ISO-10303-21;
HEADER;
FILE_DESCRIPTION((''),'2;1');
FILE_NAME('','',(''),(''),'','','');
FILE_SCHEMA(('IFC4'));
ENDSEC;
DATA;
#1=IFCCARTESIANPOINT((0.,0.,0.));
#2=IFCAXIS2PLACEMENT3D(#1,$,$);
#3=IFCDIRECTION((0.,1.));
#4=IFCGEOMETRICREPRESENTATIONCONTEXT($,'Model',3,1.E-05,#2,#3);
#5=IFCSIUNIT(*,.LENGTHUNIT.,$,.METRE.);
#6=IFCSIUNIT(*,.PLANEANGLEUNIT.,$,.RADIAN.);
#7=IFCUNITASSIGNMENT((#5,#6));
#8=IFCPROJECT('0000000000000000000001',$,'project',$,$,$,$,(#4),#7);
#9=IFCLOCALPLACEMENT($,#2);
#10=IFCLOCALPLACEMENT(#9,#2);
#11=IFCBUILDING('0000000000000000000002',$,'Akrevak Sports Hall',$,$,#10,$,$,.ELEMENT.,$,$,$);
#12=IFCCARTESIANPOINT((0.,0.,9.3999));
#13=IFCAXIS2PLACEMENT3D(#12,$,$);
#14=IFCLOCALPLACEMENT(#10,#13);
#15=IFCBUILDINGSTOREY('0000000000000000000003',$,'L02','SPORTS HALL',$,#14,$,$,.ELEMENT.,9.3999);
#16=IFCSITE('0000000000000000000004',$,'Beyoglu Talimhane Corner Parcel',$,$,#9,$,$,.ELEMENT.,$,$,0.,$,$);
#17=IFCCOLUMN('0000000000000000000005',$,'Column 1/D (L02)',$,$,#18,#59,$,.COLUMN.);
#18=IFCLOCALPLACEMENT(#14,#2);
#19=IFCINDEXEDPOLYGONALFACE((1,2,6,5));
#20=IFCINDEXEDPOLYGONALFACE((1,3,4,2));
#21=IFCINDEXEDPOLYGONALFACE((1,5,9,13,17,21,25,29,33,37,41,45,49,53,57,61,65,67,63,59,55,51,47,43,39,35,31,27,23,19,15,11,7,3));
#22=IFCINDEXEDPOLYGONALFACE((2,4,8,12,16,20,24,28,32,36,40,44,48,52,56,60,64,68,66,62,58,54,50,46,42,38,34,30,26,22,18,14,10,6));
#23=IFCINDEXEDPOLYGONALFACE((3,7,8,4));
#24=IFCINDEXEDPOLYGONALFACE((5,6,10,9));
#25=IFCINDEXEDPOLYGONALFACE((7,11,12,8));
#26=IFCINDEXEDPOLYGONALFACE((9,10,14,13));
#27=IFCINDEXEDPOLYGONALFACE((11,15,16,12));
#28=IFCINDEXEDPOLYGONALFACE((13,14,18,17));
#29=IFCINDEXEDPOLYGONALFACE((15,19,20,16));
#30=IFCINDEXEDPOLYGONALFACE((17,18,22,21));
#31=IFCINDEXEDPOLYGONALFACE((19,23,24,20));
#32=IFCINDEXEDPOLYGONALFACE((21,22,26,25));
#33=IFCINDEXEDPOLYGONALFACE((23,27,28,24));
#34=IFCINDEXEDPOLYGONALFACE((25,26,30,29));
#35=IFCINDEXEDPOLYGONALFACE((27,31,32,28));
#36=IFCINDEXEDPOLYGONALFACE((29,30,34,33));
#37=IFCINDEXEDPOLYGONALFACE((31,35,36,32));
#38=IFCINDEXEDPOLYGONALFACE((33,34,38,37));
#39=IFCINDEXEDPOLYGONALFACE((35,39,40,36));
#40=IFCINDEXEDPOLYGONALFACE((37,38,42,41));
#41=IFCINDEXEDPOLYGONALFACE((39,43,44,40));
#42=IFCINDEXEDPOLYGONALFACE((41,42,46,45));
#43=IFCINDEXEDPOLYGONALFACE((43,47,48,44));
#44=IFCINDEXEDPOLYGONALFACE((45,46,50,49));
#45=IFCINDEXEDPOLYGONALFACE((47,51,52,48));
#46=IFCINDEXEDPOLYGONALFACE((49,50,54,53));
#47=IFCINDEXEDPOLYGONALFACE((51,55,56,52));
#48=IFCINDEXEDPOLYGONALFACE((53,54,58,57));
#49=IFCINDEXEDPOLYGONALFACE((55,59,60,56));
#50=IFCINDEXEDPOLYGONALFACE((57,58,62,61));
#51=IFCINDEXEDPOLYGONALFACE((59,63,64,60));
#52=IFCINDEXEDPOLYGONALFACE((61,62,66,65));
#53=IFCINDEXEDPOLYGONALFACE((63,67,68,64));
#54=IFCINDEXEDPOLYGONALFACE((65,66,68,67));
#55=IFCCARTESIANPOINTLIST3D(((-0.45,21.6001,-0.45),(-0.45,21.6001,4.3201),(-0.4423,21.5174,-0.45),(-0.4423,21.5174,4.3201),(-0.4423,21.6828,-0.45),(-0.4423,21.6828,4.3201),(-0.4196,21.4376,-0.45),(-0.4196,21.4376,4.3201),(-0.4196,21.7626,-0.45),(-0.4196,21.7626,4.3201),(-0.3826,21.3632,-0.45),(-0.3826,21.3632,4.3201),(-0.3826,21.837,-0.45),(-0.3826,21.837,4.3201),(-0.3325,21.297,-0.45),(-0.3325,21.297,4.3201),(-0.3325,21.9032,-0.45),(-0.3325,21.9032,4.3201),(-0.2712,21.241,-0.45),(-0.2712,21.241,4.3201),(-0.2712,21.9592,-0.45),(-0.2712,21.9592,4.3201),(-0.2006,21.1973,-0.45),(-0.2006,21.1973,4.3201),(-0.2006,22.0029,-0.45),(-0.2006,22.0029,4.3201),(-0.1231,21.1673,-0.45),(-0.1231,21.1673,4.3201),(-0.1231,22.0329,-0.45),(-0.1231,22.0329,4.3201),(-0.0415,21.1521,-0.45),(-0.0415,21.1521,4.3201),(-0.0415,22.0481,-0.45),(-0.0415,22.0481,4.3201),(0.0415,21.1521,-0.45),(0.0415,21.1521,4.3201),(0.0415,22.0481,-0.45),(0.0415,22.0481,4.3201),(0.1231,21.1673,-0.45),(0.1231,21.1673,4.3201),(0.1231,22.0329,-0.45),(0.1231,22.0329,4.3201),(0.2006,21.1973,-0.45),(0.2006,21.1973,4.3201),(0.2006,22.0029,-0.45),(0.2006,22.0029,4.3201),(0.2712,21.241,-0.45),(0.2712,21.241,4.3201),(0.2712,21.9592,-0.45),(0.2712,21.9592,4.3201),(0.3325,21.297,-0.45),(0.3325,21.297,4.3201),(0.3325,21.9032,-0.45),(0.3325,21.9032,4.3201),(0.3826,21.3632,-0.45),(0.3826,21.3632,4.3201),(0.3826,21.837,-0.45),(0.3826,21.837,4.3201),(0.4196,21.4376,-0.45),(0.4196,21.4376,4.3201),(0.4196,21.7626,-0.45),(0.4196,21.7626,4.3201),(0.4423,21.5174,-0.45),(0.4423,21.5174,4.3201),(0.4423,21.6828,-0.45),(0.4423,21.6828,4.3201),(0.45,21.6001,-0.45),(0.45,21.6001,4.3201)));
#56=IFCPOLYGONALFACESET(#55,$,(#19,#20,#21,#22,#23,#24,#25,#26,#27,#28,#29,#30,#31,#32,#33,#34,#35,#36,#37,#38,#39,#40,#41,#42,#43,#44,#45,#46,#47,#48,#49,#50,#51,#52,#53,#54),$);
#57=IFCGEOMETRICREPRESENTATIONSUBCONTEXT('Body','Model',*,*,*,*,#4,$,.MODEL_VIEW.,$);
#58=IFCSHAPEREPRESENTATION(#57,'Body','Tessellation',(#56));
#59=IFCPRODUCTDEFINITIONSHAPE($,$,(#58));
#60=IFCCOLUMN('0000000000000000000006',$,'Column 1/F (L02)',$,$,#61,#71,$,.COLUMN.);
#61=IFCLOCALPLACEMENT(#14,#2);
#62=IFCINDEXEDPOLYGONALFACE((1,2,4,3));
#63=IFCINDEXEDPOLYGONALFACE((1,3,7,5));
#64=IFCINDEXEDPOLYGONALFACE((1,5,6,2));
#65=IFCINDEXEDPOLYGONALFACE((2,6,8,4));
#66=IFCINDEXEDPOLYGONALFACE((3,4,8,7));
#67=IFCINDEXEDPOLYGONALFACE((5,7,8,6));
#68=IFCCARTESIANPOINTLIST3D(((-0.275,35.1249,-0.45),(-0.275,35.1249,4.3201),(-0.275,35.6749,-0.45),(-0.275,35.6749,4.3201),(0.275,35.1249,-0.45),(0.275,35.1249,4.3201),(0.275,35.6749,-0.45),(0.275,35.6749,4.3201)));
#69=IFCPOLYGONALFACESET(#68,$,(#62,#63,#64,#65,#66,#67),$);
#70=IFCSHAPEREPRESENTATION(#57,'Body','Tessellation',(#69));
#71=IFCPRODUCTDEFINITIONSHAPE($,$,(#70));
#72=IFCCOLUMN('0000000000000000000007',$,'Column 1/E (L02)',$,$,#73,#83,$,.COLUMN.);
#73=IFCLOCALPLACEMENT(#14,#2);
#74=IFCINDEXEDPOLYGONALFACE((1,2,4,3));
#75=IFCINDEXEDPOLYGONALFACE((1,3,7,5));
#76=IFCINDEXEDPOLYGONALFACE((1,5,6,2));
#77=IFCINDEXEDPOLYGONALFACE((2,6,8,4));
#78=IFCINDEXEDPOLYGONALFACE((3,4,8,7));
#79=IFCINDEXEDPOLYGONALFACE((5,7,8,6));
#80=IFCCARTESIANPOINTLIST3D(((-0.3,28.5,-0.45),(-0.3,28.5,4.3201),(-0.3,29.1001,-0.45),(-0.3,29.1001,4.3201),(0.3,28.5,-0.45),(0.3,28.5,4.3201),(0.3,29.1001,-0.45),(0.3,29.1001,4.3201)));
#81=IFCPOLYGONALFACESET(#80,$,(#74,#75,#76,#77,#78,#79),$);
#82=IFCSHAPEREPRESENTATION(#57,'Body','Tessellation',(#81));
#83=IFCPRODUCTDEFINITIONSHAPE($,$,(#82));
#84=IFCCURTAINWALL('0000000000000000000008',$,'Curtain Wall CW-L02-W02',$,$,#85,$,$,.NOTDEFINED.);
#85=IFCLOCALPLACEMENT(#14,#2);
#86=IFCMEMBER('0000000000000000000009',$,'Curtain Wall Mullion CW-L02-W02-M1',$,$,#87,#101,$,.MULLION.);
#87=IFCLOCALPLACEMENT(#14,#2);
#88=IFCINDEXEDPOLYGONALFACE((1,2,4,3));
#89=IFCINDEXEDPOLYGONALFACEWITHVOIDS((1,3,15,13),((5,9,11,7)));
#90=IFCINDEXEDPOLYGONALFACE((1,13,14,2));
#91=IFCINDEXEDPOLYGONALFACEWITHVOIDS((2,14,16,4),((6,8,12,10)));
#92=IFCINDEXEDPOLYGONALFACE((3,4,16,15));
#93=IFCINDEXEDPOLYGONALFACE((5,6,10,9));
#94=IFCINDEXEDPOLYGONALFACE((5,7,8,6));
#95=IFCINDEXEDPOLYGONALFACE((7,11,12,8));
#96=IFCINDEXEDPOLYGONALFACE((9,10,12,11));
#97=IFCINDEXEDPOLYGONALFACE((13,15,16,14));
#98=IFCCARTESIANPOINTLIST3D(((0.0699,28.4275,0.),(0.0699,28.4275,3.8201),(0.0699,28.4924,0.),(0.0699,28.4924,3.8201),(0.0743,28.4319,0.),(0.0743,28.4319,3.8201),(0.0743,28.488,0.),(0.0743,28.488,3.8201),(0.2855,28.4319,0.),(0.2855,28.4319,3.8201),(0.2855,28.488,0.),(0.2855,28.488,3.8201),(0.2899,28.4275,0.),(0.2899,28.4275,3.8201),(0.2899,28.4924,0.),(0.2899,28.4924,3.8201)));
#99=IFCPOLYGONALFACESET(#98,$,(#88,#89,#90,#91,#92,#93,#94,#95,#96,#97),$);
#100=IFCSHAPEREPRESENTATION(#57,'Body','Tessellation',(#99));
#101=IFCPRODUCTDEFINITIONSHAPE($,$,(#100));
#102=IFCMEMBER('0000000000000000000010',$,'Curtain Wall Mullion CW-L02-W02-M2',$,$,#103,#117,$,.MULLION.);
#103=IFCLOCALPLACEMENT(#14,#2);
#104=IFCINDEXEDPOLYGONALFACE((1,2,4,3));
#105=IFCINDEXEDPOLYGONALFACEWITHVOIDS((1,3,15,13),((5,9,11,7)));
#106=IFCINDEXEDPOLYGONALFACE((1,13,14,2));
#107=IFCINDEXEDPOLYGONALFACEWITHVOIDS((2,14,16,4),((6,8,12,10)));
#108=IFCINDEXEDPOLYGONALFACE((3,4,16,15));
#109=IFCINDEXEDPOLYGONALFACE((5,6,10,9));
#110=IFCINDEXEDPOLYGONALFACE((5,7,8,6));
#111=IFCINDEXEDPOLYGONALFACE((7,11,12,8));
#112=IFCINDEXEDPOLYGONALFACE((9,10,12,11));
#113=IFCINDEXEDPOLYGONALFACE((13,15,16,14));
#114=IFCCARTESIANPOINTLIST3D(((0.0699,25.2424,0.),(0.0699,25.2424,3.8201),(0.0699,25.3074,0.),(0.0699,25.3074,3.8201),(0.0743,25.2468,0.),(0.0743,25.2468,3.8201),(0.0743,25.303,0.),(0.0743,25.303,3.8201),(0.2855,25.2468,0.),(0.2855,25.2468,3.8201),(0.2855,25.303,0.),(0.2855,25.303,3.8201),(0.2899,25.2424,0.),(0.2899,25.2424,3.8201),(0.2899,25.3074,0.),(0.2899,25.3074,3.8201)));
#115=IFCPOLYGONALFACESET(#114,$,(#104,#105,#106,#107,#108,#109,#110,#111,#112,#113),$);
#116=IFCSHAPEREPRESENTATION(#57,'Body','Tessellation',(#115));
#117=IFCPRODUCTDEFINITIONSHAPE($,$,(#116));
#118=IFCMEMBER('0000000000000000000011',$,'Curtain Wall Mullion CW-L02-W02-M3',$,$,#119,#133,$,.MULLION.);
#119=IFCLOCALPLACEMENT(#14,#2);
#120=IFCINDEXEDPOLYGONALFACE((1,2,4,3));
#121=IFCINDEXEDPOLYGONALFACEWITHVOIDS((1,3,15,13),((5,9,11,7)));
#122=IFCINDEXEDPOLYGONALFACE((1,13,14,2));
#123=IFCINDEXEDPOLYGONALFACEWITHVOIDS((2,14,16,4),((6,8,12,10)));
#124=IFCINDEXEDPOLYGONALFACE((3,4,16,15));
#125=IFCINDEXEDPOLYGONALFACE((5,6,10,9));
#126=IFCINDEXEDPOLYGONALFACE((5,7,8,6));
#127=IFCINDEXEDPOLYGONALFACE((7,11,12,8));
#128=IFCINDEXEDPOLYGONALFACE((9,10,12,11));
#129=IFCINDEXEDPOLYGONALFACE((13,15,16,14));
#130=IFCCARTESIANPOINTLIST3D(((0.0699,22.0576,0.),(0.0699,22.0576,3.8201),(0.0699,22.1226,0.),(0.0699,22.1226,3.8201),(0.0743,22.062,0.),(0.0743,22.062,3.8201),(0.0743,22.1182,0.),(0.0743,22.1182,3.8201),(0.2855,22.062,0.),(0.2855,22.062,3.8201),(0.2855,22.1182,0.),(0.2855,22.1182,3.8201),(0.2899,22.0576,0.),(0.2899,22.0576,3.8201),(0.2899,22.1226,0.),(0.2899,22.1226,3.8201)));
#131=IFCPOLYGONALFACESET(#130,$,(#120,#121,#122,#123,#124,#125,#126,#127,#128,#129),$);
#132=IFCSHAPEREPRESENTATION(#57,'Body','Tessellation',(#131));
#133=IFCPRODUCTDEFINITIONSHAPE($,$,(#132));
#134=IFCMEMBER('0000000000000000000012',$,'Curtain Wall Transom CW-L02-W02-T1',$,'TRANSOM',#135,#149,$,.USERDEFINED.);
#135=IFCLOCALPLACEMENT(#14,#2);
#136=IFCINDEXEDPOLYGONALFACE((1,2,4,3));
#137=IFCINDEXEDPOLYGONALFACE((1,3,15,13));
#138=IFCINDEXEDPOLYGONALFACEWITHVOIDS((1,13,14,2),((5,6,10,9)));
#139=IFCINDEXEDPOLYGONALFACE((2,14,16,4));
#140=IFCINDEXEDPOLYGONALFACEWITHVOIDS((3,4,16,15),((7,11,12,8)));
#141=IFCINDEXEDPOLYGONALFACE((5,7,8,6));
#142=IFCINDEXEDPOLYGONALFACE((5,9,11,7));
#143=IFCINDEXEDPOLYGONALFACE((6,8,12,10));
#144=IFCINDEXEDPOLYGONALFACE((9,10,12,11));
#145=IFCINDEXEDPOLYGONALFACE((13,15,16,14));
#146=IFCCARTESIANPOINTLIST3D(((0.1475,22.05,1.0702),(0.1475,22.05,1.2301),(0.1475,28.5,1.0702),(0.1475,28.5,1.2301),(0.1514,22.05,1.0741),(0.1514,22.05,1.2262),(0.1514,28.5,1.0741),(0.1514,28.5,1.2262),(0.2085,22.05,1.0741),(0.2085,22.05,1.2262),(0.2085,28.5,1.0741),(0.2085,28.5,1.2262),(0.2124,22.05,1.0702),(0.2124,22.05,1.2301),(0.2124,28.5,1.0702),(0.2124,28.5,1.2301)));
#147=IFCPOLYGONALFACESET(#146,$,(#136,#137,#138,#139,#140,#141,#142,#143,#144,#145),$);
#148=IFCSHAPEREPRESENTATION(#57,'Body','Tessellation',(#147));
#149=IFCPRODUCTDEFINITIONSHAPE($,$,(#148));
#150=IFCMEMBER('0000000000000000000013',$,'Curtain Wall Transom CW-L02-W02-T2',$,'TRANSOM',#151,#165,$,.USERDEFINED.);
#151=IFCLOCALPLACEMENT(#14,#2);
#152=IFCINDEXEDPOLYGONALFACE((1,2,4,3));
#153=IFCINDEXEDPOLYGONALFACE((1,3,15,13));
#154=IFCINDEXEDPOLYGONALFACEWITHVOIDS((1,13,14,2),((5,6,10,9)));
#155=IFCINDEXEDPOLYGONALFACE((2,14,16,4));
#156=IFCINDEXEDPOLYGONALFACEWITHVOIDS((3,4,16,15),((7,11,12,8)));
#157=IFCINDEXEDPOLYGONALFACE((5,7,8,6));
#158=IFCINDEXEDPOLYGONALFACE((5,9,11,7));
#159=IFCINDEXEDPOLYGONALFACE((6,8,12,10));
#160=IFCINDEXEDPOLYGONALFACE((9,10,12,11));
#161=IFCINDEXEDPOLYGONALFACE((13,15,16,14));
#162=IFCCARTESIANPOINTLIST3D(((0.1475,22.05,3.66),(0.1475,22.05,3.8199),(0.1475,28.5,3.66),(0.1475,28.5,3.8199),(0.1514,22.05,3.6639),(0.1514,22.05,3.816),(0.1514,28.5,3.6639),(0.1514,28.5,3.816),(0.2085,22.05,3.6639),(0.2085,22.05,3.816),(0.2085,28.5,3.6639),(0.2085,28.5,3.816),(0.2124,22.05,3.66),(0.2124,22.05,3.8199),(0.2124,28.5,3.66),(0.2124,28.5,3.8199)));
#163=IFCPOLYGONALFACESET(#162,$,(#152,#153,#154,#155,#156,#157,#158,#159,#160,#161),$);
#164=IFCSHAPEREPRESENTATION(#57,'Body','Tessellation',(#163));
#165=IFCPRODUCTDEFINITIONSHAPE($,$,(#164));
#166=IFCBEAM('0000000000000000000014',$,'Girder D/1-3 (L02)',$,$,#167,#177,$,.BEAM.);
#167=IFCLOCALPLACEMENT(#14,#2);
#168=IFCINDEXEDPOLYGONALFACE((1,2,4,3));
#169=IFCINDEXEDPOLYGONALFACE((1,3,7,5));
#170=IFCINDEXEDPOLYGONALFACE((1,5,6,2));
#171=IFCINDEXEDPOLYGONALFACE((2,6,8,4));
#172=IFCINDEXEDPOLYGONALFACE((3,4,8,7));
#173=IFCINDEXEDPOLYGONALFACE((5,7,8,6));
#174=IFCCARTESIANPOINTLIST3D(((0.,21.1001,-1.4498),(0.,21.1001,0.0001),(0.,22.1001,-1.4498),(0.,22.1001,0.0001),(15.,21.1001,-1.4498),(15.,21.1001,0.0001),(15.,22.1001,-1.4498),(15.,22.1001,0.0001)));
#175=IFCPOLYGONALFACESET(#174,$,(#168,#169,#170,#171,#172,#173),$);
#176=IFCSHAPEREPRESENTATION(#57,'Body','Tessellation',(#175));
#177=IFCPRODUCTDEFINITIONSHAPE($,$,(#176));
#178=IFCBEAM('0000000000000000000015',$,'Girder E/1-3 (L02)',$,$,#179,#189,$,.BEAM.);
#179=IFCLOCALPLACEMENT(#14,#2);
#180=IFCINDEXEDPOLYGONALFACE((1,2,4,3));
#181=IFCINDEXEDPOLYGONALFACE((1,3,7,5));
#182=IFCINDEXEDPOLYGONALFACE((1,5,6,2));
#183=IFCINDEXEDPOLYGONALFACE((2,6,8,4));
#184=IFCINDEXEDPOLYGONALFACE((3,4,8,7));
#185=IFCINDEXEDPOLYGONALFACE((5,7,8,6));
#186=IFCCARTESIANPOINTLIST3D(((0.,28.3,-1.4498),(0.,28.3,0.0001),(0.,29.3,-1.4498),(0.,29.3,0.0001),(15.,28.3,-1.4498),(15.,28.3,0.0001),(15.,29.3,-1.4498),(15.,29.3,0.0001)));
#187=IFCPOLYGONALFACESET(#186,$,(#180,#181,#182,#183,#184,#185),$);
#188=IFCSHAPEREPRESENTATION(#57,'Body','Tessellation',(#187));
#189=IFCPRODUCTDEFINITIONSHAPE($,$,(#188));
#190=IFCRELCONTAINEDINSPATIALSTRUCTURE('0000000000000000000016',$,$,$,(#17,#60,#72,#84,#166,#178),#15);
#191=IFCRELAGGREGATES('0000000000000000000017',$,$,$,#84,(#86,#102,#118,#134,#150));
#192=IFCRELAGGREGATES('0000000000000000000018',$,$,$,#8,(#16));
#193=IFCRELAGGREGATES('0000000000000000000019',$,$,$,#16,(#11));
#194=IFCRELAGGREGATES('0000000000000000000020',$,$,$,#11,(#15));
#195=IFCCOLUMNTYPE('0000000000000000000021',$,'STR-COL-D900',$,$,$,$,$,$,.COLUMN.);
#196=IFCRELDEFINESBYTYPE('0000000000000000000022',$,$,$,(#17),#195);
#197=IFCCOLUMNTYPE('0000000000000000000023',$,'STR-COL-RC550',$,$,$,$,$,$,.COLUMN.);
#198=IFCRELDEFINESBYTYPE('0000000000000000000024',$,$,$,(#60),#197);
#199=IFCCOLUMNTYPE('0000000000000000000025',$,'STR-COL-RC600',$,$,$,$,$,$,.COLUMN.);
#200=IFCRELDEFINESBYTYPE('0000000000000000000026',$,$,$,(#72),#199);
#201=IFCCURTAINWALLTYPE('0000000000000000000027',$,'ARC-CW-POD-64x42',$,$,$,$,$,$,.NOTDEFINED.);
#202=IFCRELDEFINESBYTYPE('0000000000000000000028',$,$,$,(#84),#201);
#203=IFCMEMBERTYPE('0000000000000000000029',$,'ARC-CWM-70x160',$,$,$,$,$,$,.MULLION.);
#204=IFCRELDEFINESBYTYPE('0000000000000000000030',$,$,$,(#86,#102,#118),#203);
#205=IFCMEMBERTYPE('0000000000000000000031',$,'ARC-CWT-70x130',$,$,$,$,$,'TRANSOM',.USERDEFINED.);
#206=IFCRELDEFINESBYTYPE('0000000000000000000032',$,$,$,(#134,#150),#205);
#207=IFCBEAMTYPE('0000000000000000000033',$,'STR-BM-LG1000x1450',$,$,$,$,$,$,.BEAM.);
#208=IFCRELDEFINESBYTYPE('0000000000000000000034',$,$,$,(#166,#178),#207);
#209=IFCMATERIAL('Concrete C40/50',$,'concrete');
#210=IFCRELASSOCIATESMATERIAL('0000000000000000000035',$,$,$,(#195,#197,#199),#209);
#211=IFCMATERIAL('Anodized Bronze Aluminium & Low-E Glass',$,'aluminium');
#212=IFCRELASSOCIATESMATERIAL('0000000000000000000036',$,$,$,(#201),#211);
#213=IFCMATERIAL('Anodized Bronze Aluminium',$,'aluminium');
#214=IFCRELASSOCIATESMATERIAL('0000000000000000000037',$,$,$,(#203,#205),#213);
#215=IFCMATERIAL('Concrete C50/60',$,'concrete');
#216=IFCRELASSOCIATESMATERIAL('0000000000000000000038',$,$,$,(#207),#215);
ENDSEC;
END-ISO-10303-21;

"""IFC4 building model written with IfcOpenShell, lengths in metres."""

from ifc_helpers import new_model, si_unit, direction, frame, origin, origin_2d, place, context, subcontext, project, spatial, rectangle, hollow_rectangle, circle, extrude, material, material_profile, profile_set, type_object, element, aggregate, save


model = new_model("IFC4")

# Units and contexts
model_context = context("Model", 3, precision=1e-05, world=origin(), true_north=direction((0.0, 1.0)))
body_context = subcontext(model_context, "Body", "Model", "MODEL_VIEW")
ifc_project = project(units=[si_unit("LENGTHUNIT", "METRE"), si_unit("PLANEANGLEUNIT", "RADIAN")], contexts=[model_context])

# Site, building, storey
site_placement = place(None, origin())
site = spatial("IfcSite", under=ifc_project, at=site_placement, Name="Beyoglu Talimhane Corner Parcel", CompositionType="ELEMENT", RefElevation=0.0)
building_placement = place(site_placement, origin())
building = spatial("IfcBuilding", under=site, at=building_placement, Name="Akrevak Sports Hall", CompositionType="ELEMENT")
storey_placement = place(building_placement, frame((0.0, 0.0, 9.3999)))
storey = spatial("IfcBuildingStorey", under=building, at=storey_placement, Name="L02", Description="SPORTS HALL", CompositionType="ELEMENT", Elevation=9.3999)

# Columns
ifc_material_1 = material(Name="Concrete C40/50", Category="concrete")
ifc_material_profile_1 = material_profile(ifc_material_1, circle(Radius=0.45, at=origin_2d()), Name="COL D900", Category="concrete")
ifc_profile_set_1 = profile_set([ifc_material_profile_1], Name="Concrete C40/50")
column_type_1 = type_object("IfcColumnType", Name="STR-COL-D900", PredefinedType="COLUMN", material=ifc_profile_set_1)
column_1_placement = place(storey_placement, frame((0.0, 21.6001, -0.45), z_axis=(0.0, 0.0, 1.0), x_axis=(1.0, 0.0, 0.0)))
element("IfcColumn", 1, at=column_1_placement, inside=storey, type_object=column_type_1, Name="Column 1/D (L02)", PredefinedType="COLUMN", context=body_context, shape_type="SweptSolid", body=[
    extrude(circle(Radius=0.45, at=origin_2d()), origin(), (0.0, 0.0, 1.0), 4.77),
])
ifc_material_profile_2 = material_profile(ifc_material_1, rectangle(XDim=0.55, YDim=0.55, at=origin_2d()), Name="RC 550x550", Category="concrete")
ifc_profile_set_2 = profile_set([ifc_material_profile_2], Name="Concrete C40/50")
column_type_2 = type_object("IfcColumnType", Name="STR-COL-RC550", PredefinedType="COLUMN", material=ifc_profile_set_2)
column_2_placement = place(storey_placement, frame((0.0, 35.3999, -0.45), z_axis=(0.0, 0.0, 1.0), x_axis=(1.0, 0.0, 0.0)))
element("IfcColumn", 2, at=column_2_placement, inside=storey, type_object=column_type_2, Name="Column 1/F (L02)", PredefinedType="COLUMN", context=body_context, shape_type="SweptSolid", body=[
    extrude(rectangle(XDim=0.55, YDim=0.55, at=origin_2d()), origin(), (0.0, 0.0, 1.0), 4.77),
])
ifc_material_profile_3 = material_profile(ifc_material_1, rectangle(XDim=0.6001, YDim=0.6001, at=origin_2d()), Name="RC 600x600", Category="concrete")
ifc_profile_set_3 = profile_set([ifc_material_profile_3], Name="Concrete C40/50")
column_type_3 = type_object("IfcColumnType", Name="STR-COL-RC600", PredefinedType="COLUMN", material=ifc_profile_set_3)
column_3_placement = place(storey_placement, frame((0.0, 28.8, -0.45), z_axis=(0.0, 0.0, 1.0), x_axis=(1.0, 0.0, 0.0)))
element("IfcColumn", 3, at=column_3_placement, inside=storey, type_object=column_type_3, Name="Column 1/E (L02)", PredefinedType="COLUMN", context=body_context, shape_type="SweptSolid", body=[
    extrude(rectangle(XDim=0.6001, YDim=0.6001, at=origin_2d()), origin(), (0.0, 0.0, 1.0), 4.77),
])

# Curtain wall, members
ifc_material_2 = material(Name="Anodized Bronze Aluminium & Low-E Glass", Category="aluminium")
curtain_wall_type = type_object("IfcCurtainWallType", Name="ARC-CW-POD-64x42", PredefinedType="NOTDEFINED", material=ifc_material_2)
curtain_wall_placement = place(storey_placement, origin())
curtain_wall = element("IfcCurtainWall", 4, at=curtain_wall_placement, inside=storey, type_object=curtain_wall_type, Name="Curtain Wall CW-L02-W02", PredefinedType="NOTDEFINED")
ifc_material_3 = material(Name="Anodized Bronze Aluminium", Category="aluminium")
ifc_material_profile_4 = material_profile(ifc_material_3, hollow_rectangle(XDim=0.0649, YDim=0.22, WallThickness=0.0044, at=origin_2d()), Name="CWM 65x220", Category="aluminium")
ifc_profile_set_4 = profile_set([ifc_material_profile_4], Name="Anodized Bronze Aluminium")
member_type_1 = type_object("IfcMemberType", Name="ARC-CWM-70x160", PredefinedType="MULLION", material=ifc_profile_set_4)
member_1_placement = place(storey_placement, frame((0.1799, 28.46, 0.0), z_axis=(0.0, 0.0, 1.0), x_axis=(0.0, -1.0, 0.0)))
member_1 = element("IfcMember", 5, at=member_1_placement, type_object=member_type_1, Name="Curtain Wall Mullion CW-L02-W02-M1", PredefinedType="MULLION", context=body_context, shape_type="SweptSolid", body=[
    extrude(hollow_rectangle(XDim=0.0649, YDim=0.22, WallThickness=0.0044, at=origin_2d()), origin(), (0.0, 0.0, 1.0), 3.8201),
])
member_2_placement = place(storey_placement, frame((0.1799, 25.2749, 0.0), z_axis=(0.0, 0.0, 1.0), x_axis=(0.0, -1.0, 0.0)))
member_2 = element("IfcMember", 6, at=member_2_placement, type_object=member_type_1, Name="Curtain Wall Mullion CW-L02-W02-M2", PredefinedType="MULLION", context=body_context, shape_type="SweptSolid", body=[
    extrude(hollow_rectangle(XDim=0.0649, YDim=0.22, WallThickness=0.0044, at=origin_2d()), origin(), (0.0, 0.0, 1.0), 3.8201),
])
member_3_placement = place(storey_placement, frame((0.1799, 22.0901, 0.0), z_axis=(0.0, 0.0, 1.0), x_axis=(0.0, -1.0, 0.0)))
member_3 = element("IfcMember", 7, at=member_3_placement, type_object=member_type_1, Name="Curtain Wall Mullion CW-L02-W02-M3", PredefinedType="MULLION", context=body_context, shape_type="SweptSolid", body=[
    extrude(hollow_rectangle(XDim=0.0649, YDim=0.22, WallThickness=0.0044, at=origin_2d()), origin(), (0.0, 0.0, 1.0), 3.8201),
])
ifc_material_profile_5 = material_profile(ifc_material_3, hollow_rectangle(XDim=0.0649, YDim=0.1599, WallThickness=0.0039, at=origin_2d()), Name="CWT 65x160", Category="aluminium")
ifc_profile_set_5 = profile_set([ifc_material_profile_5], Name="Anodized Bronze Aluminium")
member_type_2 = type_object("IfcMemberType", Name="ARC-CWT-70x130", ElementType="TRANSOM", PredefinedType="USERDEFINED", material=ifc_profile_set_5)
member_4_placement = place(storey_placement, frame((0.1799, 28.5, 1.1501), z_axis=(0.0, -1.0, 0.0), x_axis=(1.0, 0.0, 0.0)))
member_4 = element("IfcMember", 8, at=member_4_placement, type_object=member_type_2, Name="Curtain Wall Transom CW-L02-W02-T1", ObjectType="TRANSOM", PredefinedType="USERDEFINED", context=body_context, shape_type="SweptSolid", body=[
    extrude(hollow_rectangle(XDim=0.0649, YDim=0.1599, WallThickness=0.0039, at=origin_2d()), origin(), (0.0, 0.0, 1.0), 6.45),
])
member_5_placement = place(storey_placement, frame((0.1799, 28.5, 3.74), z_axis=(0.0, -1.0, 0.0), x_axis=(1.0, 0.0, 0.0)))
member_5 = element("IfcMember", 9, at=member_5_placement, type_object=member_type_2, Name="Curtain Wall Transom CW-L02-W02-T2", ObjectType="TRANSOM", PredefinedType="USERDEFINED", context=body_context, shape_type="SweptSolid", body=[
    extrude(hollow_rectangle(XDim=0.0649, YDim=0.1599, WallThickness=0.0039, at=origin_2d()), origin(), (0.0, 0.0, 1.0), 6.45),
])

# Beams
ifc_material_4 = material(Name="Concrete C50/60", Category="concrete")
ifc_material_profile_6 = material_profile(ifc_material_4, rectangle(XDim=1.0, YDim=1.45, at=origin_2d()), Name="BM 1000x1450", Category="concrete")
ifc_profile_set_6 = profile_set([ifc_material_profile_6], Name="Concrete C50/60")
beam_type_1 = type_object("IfcBeamType", Name="STR-BM-LG1000x1450", PredefinedType="BEAM", material=ifc_profile_set_6)
for number, where, z_axis, x_axis, name in (
    (10, (0.0, 21.6001, -0.7249), (1.0, 0.0, 0.0), (0.0, 1.0, 0.0), "Girder D/1-3 (L02)"),
    (11, (0.0, 28.8, -0.7249), (1.0, 0.0, 0.0), (0.0, 1.0, 0.0), "Girder E/1-3 (L02)"),
):
    element("IfcBeam", number, at=place(storey_placement, frame(where, z_axis=z_axis, x_axis=x_axis)), inside=storey, type_object=beam_type_1, Name=name, PredefinedType="BEAM", context=body_context, shape_type="SweptSolid", body=[
        extrude(rectangle(XDim=1.0, YDim=1.45, at=origin_2d()), origin(), (0.0, 0.0, 1.0), 15.0),
    ])

aggregate(curtain_wall, [member_1, member_2, member_3, member_4, member_5])

save(model, "model.ifc")
